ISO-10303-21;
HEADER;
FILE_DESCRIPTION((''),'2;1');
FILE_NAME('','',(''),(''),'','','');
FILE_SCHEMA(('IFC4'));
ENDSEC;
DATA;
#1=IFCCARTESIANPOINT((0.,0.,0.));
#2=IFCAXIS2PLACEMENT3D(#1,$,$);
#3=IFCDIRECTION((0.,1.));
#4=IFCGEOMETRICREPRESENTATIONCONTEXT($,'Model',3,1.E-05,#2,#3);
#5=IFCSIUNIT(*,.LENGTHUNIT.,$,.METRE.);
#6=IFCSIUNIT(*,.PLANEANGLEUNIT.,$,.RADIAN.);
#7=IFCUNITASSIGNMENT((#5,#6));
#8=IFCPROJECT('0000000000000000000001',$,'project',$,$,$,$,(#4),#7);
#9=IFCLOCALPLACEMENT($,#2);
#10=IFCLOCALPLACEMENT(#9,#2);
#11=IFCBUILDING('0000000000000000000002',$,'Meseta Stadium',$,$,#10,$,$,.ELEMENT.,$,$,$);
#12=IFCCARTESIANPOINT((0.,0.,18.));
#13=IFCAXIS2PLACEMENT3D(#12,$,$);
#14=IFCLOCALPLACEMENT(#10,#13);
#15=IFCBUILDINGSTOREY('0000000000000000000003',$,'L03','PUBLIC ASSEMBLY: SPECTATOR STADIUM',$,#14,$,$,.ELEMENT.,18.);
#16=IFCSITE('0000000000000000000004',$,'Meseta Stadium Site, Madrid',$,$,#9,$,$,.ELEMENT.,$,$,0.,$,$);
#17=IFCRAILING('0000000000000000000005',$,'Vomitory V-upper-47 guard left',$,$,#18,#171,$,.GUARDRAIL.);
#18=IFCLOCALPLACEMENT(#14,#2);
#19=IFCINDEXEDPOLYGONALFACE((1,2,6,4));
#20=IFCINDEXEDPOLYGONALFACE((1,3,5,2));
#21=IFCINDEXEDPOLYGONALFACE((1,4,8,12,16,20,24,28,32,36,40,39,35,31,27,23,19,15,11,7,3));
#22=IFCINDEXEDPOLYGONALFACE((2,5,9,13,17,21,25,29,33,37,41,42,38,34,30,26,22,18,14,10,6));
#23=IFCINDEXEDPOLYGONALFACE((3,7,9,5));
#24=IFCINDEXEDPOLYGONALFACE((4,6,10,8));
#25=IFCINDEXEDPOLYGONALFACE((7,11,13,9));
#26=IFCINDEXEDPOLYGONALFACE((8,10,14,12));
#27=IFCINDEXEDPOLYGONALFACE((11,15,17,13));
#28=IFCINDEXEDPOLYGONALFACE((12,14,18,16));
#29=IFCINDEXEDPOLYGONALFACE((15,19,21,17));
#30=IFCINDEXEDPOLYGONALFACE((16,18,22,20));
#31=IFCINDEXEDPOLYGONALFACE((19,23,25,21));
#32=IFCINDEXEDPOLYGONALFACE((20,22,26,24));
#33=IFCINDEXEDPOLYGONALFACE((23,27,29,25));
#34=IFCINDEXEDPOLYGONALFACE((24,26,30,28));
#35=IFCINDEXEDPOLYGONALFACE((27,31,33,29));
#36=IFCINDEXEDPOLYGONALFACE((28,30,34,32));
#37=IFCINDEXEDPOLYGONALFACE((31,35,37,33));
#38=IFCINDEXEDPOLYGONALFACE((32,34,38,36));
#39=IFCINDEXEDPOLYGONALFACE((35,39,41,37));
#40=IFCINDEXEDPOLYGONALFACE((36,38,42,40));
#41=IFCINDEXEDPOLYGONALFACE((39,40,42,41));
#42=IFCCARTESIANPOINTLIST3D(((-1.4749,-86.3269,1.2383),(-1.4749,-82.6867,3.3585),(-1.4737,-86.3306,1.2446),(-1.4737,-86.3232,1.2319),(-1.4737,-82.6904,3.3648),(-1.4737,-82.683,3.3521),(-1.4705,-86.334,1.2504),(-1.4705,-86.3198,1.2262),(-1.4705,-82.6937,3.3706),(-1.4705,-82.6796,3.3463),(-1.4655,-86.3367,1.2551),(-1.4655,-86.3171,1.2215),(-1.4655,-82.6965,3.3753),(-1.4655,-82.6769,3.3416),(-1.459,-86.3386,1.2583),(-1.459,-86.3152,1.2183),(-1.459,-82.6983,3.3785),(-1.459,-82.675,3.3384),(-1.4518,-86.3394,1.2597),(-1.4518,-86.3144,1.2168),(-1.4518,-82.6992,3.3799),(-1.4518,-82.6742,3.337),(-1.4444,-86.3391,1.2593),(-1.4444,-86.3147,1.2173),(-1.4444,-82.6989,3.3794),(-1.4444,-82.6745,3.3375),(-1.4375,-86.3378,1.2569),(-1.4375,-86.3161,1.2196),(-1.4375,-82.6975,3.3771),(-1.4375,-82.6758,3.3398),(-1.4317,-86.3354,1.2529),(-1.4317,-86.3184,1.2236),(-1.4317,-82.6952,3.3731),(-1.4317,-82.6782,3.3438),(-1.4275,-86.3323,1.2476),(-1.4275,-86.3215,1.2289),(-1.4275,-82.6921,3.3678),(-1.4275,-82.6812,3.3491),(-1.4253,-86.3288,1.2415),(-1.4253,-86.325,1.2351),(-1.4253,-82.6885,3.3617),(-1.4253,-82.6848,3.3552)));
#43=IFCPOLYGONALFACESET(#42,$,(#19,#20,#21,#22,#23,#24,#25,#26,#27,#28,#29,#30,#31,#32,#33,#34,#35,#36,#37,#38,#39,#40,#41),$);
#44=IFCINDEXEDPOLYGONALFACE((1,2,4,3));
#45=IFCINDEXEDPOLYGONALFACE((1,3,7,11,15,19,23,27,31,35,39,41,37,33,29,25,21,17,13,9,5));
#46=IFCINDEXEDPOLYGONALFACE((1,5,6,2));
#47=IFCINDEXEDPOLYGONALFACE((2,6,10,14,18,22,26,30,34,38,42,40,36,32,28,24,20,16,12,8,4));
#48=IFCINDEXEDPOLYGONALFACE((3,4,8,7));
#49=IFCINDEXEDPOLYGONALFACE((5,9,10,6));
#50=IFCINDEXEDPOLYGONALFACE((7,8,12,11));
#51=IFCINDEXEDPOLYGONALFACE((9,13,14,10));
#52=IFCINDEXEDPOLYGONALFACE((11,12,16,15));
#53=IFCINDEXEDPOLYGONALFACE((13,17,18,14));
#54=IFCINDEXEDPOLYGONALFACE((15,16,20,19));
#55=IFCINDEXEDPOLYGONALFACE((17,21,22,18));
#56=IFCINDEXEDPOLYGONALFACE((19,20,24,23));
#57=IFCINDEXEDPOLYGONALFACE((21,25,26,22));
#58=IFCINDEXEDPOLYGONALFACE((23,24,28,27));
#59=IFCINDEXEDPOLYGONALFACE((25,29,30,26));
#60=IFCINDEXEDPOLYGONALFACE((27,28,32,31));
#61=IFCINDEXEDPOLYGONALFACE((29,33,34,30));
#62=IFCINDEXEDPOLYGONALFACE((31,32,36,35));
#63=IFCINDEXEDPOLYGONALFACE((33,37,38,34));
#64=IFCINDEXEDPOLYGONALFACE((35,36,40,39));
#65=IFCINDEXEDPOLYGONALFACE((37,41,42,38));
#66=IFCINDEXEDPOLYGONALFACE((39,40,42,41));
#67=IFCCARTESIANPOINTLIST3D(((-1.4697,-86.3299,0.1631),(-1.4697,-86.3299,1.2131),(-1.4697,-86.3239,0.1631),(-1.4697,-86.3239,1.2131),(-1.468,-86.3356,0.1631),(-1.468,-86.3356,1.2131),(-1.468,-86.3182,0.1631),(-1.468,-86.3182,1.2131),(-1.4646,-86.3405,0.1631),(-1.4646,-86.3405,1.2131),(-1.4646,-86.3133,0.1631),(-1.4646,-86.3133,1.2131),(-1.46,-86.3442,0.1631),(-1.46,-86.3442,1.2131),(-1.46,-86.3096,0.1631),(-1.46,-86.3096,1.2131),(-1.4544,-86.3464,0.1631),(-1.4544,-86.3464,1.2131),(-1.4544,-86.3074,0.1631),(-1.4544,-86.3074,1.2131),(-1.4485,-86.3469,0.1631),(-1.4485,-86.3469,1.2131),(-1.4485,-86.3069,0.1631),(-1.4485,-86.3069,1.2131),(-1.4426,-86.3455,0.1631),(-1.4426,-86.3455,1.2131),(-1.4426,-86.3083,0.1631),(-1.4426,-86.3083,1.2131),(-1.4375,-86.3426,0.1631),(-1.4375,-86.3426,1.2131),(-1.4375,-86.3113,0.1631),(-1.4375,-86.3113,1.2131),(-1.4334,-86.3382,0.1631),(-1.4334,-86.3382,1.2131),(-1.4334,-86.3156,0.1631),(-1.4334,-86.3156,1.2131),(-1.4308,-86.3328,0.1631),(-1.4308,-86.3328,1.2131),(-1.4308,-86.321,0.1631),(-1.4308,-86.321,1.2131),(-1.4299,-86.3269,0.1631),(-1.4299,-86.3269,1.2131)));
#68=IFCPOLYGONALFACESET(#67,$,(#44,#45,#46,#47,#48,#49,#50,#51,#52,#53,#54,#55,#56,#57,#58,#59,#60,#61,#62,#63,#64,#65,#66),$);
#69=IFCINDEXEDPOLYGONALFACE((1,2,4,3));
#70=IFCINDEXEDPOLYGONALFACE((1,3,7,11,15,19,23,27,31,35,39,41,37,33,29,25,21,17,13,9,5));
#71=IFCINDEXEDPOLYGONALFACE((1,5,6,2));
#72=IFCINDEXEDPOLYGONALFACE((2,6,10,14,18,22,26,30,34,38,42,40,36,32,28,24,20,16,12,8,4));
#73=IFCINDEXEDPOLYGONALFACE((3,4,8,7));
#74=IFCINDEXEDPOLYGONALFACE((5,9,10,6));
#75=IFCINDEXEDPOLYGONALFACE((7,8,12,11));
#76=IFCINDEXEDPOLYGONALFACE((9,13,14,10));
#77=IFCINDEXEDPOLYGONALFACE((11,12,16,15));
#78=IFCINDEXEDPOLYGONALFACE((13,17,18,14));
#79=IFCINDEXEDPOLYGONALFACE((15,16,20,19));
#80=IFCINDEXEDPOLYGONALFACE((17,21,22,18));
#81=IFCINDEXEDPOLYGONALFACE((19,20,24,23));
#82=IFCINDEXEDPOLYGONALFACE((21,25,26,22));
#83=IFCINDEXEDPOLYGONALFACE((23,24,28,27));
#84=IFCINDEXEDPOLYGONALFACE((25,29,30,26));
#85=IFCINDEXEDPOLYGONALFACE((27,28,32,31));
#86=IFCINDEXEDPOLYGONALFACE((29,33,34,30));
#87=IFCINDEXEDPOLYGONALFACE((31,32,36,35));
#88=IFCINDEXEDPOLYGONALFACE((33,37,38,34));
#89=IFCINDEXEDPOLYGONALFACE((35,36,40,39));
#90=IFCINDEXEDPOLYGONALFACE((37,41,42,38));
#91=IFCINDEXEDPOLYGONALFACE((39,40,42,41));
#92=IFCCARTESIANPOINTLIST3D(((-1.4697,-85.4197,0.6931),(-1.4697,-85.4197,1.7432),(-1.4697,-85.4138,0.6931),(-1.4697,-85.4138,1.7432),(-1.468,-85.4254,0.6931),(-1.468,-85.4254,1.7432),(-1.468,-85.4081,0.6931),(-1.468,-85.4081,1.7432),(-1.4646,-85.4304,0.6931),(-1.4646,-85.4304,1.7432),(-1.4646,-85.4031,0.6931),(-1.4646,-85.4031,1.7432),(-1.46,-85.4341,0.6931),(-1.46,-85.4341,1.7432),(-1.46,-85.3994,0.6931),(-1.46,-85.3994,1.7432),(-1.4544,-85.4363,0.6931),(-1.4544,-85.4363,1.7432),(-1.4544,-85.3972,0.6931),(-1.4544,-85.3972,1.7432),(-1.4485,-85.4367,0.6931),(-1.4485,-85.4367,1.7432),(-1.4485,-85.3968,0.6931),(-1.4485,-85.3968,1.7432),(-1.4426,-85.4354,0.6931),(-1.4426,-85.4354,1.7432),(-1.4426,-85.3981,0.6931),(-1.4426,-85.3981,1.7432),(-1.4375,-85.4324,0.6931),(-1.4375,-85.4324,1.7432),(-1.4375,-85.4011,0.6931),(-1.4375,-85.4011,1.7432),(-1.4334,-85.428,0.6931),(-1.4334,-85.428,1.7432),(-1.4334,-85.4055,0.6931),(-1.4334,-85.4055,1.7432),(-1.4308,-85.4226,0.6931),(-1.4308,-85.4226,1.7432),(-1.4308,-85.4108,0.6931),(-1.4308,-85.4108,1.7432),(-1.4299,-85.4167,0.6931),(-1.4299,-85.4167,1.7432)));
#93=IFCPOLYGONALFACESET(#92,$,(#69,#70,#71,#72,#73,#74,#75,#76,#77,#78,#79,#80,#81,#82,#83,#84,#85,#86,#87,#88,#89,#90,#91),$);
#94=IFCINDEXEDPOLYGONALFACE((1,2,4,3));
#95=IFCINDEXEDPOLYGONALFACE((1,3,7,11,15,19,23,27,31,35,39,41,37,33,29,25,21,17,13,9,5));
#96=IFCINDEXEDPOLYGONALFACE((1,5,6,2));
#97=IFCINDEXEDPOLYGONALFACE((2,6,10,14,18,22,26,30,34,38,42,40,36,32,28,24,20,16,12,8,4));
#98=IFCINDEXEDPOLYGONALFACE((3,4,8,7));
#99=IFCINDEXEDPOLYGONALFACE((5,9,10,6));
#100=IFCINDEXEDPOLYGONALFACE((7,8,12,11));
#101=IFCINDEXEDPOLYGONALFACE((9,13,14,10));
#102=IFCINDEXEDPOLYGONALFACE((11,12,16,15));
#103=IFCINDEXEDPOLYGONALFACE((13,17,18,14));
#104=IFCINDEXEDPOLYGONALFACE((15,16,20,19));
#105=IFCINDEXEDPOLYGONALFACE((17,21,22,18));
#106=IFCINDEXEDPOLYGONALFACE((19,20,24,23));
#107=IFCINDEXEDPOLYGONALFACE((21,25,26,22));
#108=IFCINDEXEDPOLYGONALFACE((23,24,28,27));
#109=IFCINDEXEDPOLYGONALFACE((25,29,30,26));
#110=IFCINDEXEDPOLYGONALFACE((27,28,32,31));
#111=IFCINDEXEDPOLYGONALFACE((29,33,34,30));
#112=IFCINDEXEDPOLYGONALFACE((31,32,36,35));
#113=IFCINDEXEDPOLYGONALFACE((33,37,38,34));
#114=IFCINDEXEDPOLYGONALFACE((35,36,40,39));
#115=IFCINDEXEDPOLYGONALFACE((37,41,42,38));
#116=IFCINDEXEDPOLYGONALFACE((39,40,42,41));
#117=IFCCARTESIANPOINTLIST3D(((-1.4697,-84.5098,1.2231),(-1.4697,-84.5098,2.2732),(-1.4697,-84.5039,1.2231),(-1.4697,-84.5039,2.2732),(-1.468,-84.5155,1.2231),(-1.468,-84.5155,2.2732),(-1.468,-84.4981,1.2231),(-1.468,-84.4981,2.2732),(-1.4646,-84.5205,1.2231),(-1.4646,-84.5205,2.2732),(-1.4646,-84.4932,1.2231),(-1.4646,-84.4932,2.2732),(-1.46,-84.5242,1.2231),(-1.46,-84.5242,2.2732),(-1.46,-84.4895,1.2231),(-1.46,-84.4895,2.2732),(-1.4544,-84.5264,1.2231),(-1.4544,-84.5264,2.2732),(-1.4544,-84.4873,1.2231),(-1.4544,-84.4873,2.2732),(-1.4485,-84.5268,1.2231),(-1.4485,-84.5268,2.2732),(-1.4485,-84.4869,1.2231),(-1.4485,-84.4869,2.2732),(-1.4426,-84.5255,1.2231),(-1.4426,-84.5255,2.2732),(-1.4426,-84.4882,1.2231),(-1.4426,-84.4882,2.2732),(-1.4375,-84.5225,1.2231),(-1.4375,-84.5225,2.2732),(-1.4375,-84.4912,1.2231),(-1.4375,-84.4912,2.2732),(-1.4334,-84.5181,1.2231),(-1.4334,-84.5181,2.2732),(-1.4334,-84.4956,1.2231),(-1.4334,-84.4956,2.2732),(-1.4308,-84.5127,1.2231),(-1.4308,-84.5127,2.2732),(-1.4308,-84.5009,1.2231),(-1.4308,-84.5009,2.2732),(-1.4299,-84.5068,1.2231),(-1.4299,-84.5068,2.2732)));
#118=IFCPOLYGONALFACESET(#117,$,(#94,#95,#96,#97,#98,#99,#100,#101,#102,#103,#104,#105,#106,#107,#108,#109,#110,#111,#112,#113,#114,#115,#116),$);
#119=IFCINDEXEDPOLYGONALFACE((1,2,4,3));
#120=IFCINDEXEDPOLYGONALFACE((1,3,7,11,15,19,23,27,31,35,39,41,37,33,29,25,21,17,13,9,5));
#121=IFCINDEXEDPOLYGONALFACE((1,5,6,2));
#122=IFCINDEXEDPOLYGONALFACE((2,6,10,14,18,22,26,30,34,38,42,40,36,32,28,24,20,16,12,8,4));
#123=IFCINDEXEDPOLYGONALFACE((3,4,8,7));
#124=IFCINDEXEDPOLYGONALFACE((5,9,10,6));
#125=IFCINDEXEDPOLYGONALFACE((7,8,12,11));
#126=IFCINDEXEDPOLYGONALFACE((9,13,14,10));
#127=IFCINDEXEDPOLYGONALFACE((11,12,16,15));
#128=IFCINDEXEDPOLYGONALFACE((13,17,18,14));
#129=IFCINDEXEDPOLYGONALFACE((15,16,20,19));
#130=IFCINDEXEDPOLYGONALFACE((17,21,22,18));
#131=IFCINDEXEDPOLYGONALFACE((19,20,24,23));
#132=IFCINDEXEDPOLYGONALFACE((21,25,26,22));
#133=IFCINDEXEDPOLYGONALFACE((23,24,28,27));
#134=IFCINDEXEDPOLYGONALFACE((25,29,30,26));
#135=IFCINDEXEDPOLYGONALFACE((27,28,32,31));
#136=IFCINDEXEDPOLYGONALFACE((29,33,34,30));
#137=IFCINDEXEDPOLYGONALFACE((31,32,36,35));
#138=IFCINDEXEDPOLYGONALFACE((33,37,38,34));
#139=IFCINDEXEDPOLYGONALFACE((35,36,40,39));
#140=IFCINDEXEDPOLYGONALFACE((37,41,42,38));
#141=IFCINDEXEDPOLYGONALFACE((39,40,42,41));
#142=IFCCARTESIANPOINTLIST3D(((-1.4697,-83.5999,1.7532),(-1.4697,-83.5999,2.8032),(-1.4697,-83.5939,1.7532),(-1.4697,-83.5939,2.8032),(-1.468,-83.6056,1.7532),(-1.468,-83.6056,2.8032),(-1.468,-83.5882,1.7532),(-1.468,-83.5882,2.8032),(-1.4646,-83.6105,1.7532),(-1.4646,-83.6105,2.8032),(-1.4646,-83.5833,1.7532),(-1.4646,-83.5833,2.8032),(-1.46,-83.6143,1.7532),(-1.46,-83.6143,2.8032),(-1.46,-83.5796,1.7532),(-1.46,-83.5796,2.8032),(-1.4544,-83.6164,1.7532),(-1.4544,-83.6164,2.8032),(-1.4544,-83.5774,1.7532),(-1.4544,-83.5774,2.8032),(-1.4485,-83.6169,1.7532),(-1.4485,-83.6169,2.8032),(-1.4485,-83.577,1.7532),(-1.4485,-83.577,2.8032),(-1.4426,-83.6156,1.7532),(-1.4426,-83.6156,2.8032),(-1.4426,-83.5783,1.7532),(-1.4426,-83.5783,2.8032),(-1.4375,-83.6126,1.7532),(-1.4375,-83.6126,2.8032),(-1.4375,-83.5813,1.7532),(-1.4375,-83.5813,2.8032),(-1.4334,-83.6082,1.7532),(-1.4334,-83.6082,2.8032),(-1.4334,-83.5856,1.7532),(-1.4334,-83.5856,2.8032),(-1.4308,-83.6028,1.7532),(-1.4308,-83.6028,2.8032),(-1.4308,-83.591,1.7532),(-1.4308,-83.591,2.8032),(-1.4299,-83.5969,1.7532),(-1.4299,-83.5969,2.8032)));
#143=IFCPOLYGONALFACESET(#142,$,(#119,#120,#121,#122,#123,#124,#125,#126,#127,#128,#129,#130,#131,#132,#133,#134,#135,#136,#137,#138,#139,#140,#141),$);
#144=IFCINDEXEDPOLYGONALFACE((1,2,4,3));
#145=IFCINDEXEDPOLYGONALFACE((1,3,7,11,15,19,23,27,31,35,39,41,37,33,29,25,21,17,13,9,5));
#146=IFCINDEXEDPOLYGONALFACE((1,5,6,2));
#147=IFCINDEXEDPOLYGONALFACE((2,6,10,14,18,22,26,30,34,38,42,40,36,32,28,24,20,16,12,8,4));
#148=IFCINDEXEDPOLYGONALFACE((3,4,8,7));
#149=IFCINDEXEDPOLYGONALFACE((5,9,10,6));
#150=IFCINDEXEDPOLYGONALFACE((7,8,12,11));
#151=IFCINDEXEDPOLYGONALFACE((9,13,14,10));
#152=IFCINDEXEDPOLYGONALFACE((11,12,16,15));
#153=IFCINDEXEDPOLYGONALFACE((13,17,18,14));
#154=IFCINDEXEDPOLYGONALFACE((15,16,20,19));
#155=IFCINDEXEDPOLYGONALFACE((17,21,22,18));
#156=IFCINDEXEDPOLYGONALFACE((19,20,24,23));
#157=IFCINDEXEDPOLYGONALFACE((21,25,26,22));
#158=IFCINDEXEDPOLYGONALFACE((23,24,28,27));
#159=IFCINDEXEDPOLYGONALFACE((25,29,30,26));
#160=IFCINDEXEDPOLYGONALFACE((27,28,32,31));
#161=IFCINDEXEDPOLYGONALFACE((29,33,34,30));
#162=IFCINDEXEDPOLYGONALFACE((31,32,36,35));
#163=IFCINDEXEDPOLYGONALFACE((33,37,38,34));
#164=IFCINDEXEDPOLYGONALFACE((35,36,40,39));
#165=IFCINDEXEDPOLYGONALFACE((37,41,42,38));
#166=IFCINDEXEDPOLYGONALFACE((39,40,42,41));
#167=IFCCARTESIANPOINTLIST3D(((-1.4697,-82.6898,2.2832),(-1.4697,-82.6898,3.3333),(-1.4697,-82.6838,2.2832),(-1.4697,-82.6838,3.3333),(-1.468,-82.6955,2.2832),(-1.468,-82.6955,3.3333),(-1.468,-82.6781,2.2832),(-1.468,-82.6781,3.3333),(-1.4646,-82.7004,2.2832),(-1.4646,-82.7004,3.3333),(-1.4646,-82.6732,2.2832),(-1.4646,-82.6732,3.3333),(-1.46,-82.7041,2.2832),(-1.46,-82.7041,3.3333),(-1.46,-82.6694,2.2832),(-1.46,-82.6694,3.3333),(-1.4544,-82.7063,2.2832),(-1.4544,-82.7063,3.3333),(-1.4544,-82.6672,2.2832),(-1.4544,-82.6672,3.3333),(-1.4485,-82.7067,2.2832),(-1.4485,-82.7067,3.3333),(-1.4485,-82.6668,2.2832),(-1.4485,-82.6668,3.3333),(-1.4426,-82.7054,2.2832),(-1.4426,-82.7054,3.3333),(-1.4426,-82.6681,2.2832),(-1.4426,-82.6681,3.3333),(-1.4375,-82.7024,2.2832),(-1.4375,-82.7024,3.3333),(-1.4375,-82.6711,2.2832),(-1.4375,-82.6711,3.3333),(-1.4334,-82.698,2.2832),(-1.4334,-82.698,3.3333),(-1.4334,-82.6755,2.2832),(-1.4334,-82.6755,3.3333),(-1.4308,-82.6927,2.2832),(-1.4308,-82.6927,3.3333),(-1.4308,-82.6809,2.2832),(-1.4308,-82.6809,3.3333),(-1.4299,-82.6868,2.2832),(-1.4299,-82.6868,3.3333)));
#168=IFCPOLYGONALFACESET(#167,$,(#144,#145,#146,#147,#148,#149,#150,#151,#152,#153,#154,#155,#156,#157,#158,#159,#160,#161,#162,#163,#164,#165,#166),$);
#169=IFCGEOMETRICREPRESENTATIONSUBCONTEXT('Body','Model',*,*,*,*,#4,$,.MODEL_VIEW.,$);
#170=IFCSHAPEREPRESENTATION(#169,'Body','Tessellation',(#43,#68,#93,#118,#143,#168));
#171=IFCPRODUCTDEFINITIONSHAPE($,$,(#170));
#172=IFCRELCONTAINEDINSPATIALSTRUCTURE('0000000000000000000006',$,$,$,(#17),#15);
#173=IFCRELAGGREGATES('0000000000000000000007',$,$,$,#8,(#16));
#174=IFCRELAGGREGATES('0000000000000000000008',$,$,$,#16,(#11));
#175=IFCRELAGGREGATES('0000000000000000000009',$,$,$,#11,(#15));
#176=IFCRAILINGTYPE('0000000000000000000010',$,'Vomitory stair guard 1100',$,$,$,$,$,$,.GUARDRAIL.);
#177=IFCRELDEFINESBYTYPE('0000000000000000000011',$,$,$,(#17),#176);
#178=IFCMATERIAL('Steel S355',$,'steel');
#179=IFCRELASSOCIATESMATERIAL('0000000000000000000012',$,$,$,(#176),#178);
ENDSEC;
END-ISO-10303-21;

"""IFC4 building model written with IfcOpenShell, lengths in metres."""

from ifc_helpers import new_model, si_unit, direction, frame, origin, origin_2d, place, context, subcontext, project, spatial, circle, extrude, material, type_object, element, save


model = new_model("IFC4")

# Units and contexts
model_context = context("Model", 3, precision=1e-05, world=origin(), true_north=direction((0.0, 1.0)))
body_context = subcontext(model_context, "Body", "Model", "MODEL_VIEW")
ifc_project = project(units=[si_unit("LENGTHUNIT", "METRE"), si_unit("PLANEANGLEUNIT", "RADIAN")], contexts=[model_context])

# Site, building, storey
site_placement = place(None, origin())
site = spatial("IfcSite", under=ifc_project, at=site_placement, Name="Meseta Stadium Site, Madrid", CompositionType="ELEMENT", RefElevation=0.0)
building_placement = place(site_placement, origin())
building = spatial("IfcBuilding", under=site, at=building_placement, Name="Meseta Stadium", CompositionType="ELEMENT")
storey_placement = place(building_placement, frame((0.0, 0.0, 18.0)))
storey = spatial("IfcBuildingStorey", under=building, at=storey_placement, Name="L03", Description="PUBLIC ASSEMBLY: SPECTATOR STADIUM", CompositionType="ELEMENT", Elevation=18.0)

# Railing
ifc_material_1 = material(Name="Steel S355", Category="steel")
railing_type_1 = type_object("IfcRailingType", Name="Vomitory stair guard 1100", PredefinedType="GUARDRAIL", material=ifc_material_1)
railing_1_placement = place(storey_placement, frame((-1.45, -86.3269, 0.1631)))
element("IfcRailing", 1, at=railing_1_placement, inside=storey, type_object=railing_type_1, Name="Vomitory V-upper-47 guard left", PredefinedType="GUARDRAIL", context=body_context, shape_type="SweptSolid", body=[
    extrude(circle(Radius=0.0249, at=origin_2d()), frame((0.0, 0.0, 1.0752), z_axis=(0.0, 0.864119, 0.503287), x_axis=(-1.0, 0.0, 0.0)), (0.0, 0.0, 1.0), 4.2126),
    extrude(circle(Radius=0.02, at=origin_2d()), origin(), (0.0, 0.0, 1.0), 1.05),
    extrude(circle(Radius=0.02, at=origin_2d()), frame((0.0, 0.9102, 0.53)), (0.0, 0.0, 1.0), 1.05),
    extrude(circle(Radius=0.02, at=origin_2d()), frame((0.0, 1.8201, 1.0601)), (0.0, 0.0, 1.0), 1.05),
    extrude(circle(Radius=0.02, at=origin_2d()), frame((0.0, 2.73, 1.5901)), (0.0, 0.0, 1.0), 1.05),
    extrude(circle(Radius=0.02, at=origin_2d()), frame((0.0, 3.6401, 2.1201)), (0.0, 0.0, 1.0), 1.05),
])

save(model, "model.ifc")
